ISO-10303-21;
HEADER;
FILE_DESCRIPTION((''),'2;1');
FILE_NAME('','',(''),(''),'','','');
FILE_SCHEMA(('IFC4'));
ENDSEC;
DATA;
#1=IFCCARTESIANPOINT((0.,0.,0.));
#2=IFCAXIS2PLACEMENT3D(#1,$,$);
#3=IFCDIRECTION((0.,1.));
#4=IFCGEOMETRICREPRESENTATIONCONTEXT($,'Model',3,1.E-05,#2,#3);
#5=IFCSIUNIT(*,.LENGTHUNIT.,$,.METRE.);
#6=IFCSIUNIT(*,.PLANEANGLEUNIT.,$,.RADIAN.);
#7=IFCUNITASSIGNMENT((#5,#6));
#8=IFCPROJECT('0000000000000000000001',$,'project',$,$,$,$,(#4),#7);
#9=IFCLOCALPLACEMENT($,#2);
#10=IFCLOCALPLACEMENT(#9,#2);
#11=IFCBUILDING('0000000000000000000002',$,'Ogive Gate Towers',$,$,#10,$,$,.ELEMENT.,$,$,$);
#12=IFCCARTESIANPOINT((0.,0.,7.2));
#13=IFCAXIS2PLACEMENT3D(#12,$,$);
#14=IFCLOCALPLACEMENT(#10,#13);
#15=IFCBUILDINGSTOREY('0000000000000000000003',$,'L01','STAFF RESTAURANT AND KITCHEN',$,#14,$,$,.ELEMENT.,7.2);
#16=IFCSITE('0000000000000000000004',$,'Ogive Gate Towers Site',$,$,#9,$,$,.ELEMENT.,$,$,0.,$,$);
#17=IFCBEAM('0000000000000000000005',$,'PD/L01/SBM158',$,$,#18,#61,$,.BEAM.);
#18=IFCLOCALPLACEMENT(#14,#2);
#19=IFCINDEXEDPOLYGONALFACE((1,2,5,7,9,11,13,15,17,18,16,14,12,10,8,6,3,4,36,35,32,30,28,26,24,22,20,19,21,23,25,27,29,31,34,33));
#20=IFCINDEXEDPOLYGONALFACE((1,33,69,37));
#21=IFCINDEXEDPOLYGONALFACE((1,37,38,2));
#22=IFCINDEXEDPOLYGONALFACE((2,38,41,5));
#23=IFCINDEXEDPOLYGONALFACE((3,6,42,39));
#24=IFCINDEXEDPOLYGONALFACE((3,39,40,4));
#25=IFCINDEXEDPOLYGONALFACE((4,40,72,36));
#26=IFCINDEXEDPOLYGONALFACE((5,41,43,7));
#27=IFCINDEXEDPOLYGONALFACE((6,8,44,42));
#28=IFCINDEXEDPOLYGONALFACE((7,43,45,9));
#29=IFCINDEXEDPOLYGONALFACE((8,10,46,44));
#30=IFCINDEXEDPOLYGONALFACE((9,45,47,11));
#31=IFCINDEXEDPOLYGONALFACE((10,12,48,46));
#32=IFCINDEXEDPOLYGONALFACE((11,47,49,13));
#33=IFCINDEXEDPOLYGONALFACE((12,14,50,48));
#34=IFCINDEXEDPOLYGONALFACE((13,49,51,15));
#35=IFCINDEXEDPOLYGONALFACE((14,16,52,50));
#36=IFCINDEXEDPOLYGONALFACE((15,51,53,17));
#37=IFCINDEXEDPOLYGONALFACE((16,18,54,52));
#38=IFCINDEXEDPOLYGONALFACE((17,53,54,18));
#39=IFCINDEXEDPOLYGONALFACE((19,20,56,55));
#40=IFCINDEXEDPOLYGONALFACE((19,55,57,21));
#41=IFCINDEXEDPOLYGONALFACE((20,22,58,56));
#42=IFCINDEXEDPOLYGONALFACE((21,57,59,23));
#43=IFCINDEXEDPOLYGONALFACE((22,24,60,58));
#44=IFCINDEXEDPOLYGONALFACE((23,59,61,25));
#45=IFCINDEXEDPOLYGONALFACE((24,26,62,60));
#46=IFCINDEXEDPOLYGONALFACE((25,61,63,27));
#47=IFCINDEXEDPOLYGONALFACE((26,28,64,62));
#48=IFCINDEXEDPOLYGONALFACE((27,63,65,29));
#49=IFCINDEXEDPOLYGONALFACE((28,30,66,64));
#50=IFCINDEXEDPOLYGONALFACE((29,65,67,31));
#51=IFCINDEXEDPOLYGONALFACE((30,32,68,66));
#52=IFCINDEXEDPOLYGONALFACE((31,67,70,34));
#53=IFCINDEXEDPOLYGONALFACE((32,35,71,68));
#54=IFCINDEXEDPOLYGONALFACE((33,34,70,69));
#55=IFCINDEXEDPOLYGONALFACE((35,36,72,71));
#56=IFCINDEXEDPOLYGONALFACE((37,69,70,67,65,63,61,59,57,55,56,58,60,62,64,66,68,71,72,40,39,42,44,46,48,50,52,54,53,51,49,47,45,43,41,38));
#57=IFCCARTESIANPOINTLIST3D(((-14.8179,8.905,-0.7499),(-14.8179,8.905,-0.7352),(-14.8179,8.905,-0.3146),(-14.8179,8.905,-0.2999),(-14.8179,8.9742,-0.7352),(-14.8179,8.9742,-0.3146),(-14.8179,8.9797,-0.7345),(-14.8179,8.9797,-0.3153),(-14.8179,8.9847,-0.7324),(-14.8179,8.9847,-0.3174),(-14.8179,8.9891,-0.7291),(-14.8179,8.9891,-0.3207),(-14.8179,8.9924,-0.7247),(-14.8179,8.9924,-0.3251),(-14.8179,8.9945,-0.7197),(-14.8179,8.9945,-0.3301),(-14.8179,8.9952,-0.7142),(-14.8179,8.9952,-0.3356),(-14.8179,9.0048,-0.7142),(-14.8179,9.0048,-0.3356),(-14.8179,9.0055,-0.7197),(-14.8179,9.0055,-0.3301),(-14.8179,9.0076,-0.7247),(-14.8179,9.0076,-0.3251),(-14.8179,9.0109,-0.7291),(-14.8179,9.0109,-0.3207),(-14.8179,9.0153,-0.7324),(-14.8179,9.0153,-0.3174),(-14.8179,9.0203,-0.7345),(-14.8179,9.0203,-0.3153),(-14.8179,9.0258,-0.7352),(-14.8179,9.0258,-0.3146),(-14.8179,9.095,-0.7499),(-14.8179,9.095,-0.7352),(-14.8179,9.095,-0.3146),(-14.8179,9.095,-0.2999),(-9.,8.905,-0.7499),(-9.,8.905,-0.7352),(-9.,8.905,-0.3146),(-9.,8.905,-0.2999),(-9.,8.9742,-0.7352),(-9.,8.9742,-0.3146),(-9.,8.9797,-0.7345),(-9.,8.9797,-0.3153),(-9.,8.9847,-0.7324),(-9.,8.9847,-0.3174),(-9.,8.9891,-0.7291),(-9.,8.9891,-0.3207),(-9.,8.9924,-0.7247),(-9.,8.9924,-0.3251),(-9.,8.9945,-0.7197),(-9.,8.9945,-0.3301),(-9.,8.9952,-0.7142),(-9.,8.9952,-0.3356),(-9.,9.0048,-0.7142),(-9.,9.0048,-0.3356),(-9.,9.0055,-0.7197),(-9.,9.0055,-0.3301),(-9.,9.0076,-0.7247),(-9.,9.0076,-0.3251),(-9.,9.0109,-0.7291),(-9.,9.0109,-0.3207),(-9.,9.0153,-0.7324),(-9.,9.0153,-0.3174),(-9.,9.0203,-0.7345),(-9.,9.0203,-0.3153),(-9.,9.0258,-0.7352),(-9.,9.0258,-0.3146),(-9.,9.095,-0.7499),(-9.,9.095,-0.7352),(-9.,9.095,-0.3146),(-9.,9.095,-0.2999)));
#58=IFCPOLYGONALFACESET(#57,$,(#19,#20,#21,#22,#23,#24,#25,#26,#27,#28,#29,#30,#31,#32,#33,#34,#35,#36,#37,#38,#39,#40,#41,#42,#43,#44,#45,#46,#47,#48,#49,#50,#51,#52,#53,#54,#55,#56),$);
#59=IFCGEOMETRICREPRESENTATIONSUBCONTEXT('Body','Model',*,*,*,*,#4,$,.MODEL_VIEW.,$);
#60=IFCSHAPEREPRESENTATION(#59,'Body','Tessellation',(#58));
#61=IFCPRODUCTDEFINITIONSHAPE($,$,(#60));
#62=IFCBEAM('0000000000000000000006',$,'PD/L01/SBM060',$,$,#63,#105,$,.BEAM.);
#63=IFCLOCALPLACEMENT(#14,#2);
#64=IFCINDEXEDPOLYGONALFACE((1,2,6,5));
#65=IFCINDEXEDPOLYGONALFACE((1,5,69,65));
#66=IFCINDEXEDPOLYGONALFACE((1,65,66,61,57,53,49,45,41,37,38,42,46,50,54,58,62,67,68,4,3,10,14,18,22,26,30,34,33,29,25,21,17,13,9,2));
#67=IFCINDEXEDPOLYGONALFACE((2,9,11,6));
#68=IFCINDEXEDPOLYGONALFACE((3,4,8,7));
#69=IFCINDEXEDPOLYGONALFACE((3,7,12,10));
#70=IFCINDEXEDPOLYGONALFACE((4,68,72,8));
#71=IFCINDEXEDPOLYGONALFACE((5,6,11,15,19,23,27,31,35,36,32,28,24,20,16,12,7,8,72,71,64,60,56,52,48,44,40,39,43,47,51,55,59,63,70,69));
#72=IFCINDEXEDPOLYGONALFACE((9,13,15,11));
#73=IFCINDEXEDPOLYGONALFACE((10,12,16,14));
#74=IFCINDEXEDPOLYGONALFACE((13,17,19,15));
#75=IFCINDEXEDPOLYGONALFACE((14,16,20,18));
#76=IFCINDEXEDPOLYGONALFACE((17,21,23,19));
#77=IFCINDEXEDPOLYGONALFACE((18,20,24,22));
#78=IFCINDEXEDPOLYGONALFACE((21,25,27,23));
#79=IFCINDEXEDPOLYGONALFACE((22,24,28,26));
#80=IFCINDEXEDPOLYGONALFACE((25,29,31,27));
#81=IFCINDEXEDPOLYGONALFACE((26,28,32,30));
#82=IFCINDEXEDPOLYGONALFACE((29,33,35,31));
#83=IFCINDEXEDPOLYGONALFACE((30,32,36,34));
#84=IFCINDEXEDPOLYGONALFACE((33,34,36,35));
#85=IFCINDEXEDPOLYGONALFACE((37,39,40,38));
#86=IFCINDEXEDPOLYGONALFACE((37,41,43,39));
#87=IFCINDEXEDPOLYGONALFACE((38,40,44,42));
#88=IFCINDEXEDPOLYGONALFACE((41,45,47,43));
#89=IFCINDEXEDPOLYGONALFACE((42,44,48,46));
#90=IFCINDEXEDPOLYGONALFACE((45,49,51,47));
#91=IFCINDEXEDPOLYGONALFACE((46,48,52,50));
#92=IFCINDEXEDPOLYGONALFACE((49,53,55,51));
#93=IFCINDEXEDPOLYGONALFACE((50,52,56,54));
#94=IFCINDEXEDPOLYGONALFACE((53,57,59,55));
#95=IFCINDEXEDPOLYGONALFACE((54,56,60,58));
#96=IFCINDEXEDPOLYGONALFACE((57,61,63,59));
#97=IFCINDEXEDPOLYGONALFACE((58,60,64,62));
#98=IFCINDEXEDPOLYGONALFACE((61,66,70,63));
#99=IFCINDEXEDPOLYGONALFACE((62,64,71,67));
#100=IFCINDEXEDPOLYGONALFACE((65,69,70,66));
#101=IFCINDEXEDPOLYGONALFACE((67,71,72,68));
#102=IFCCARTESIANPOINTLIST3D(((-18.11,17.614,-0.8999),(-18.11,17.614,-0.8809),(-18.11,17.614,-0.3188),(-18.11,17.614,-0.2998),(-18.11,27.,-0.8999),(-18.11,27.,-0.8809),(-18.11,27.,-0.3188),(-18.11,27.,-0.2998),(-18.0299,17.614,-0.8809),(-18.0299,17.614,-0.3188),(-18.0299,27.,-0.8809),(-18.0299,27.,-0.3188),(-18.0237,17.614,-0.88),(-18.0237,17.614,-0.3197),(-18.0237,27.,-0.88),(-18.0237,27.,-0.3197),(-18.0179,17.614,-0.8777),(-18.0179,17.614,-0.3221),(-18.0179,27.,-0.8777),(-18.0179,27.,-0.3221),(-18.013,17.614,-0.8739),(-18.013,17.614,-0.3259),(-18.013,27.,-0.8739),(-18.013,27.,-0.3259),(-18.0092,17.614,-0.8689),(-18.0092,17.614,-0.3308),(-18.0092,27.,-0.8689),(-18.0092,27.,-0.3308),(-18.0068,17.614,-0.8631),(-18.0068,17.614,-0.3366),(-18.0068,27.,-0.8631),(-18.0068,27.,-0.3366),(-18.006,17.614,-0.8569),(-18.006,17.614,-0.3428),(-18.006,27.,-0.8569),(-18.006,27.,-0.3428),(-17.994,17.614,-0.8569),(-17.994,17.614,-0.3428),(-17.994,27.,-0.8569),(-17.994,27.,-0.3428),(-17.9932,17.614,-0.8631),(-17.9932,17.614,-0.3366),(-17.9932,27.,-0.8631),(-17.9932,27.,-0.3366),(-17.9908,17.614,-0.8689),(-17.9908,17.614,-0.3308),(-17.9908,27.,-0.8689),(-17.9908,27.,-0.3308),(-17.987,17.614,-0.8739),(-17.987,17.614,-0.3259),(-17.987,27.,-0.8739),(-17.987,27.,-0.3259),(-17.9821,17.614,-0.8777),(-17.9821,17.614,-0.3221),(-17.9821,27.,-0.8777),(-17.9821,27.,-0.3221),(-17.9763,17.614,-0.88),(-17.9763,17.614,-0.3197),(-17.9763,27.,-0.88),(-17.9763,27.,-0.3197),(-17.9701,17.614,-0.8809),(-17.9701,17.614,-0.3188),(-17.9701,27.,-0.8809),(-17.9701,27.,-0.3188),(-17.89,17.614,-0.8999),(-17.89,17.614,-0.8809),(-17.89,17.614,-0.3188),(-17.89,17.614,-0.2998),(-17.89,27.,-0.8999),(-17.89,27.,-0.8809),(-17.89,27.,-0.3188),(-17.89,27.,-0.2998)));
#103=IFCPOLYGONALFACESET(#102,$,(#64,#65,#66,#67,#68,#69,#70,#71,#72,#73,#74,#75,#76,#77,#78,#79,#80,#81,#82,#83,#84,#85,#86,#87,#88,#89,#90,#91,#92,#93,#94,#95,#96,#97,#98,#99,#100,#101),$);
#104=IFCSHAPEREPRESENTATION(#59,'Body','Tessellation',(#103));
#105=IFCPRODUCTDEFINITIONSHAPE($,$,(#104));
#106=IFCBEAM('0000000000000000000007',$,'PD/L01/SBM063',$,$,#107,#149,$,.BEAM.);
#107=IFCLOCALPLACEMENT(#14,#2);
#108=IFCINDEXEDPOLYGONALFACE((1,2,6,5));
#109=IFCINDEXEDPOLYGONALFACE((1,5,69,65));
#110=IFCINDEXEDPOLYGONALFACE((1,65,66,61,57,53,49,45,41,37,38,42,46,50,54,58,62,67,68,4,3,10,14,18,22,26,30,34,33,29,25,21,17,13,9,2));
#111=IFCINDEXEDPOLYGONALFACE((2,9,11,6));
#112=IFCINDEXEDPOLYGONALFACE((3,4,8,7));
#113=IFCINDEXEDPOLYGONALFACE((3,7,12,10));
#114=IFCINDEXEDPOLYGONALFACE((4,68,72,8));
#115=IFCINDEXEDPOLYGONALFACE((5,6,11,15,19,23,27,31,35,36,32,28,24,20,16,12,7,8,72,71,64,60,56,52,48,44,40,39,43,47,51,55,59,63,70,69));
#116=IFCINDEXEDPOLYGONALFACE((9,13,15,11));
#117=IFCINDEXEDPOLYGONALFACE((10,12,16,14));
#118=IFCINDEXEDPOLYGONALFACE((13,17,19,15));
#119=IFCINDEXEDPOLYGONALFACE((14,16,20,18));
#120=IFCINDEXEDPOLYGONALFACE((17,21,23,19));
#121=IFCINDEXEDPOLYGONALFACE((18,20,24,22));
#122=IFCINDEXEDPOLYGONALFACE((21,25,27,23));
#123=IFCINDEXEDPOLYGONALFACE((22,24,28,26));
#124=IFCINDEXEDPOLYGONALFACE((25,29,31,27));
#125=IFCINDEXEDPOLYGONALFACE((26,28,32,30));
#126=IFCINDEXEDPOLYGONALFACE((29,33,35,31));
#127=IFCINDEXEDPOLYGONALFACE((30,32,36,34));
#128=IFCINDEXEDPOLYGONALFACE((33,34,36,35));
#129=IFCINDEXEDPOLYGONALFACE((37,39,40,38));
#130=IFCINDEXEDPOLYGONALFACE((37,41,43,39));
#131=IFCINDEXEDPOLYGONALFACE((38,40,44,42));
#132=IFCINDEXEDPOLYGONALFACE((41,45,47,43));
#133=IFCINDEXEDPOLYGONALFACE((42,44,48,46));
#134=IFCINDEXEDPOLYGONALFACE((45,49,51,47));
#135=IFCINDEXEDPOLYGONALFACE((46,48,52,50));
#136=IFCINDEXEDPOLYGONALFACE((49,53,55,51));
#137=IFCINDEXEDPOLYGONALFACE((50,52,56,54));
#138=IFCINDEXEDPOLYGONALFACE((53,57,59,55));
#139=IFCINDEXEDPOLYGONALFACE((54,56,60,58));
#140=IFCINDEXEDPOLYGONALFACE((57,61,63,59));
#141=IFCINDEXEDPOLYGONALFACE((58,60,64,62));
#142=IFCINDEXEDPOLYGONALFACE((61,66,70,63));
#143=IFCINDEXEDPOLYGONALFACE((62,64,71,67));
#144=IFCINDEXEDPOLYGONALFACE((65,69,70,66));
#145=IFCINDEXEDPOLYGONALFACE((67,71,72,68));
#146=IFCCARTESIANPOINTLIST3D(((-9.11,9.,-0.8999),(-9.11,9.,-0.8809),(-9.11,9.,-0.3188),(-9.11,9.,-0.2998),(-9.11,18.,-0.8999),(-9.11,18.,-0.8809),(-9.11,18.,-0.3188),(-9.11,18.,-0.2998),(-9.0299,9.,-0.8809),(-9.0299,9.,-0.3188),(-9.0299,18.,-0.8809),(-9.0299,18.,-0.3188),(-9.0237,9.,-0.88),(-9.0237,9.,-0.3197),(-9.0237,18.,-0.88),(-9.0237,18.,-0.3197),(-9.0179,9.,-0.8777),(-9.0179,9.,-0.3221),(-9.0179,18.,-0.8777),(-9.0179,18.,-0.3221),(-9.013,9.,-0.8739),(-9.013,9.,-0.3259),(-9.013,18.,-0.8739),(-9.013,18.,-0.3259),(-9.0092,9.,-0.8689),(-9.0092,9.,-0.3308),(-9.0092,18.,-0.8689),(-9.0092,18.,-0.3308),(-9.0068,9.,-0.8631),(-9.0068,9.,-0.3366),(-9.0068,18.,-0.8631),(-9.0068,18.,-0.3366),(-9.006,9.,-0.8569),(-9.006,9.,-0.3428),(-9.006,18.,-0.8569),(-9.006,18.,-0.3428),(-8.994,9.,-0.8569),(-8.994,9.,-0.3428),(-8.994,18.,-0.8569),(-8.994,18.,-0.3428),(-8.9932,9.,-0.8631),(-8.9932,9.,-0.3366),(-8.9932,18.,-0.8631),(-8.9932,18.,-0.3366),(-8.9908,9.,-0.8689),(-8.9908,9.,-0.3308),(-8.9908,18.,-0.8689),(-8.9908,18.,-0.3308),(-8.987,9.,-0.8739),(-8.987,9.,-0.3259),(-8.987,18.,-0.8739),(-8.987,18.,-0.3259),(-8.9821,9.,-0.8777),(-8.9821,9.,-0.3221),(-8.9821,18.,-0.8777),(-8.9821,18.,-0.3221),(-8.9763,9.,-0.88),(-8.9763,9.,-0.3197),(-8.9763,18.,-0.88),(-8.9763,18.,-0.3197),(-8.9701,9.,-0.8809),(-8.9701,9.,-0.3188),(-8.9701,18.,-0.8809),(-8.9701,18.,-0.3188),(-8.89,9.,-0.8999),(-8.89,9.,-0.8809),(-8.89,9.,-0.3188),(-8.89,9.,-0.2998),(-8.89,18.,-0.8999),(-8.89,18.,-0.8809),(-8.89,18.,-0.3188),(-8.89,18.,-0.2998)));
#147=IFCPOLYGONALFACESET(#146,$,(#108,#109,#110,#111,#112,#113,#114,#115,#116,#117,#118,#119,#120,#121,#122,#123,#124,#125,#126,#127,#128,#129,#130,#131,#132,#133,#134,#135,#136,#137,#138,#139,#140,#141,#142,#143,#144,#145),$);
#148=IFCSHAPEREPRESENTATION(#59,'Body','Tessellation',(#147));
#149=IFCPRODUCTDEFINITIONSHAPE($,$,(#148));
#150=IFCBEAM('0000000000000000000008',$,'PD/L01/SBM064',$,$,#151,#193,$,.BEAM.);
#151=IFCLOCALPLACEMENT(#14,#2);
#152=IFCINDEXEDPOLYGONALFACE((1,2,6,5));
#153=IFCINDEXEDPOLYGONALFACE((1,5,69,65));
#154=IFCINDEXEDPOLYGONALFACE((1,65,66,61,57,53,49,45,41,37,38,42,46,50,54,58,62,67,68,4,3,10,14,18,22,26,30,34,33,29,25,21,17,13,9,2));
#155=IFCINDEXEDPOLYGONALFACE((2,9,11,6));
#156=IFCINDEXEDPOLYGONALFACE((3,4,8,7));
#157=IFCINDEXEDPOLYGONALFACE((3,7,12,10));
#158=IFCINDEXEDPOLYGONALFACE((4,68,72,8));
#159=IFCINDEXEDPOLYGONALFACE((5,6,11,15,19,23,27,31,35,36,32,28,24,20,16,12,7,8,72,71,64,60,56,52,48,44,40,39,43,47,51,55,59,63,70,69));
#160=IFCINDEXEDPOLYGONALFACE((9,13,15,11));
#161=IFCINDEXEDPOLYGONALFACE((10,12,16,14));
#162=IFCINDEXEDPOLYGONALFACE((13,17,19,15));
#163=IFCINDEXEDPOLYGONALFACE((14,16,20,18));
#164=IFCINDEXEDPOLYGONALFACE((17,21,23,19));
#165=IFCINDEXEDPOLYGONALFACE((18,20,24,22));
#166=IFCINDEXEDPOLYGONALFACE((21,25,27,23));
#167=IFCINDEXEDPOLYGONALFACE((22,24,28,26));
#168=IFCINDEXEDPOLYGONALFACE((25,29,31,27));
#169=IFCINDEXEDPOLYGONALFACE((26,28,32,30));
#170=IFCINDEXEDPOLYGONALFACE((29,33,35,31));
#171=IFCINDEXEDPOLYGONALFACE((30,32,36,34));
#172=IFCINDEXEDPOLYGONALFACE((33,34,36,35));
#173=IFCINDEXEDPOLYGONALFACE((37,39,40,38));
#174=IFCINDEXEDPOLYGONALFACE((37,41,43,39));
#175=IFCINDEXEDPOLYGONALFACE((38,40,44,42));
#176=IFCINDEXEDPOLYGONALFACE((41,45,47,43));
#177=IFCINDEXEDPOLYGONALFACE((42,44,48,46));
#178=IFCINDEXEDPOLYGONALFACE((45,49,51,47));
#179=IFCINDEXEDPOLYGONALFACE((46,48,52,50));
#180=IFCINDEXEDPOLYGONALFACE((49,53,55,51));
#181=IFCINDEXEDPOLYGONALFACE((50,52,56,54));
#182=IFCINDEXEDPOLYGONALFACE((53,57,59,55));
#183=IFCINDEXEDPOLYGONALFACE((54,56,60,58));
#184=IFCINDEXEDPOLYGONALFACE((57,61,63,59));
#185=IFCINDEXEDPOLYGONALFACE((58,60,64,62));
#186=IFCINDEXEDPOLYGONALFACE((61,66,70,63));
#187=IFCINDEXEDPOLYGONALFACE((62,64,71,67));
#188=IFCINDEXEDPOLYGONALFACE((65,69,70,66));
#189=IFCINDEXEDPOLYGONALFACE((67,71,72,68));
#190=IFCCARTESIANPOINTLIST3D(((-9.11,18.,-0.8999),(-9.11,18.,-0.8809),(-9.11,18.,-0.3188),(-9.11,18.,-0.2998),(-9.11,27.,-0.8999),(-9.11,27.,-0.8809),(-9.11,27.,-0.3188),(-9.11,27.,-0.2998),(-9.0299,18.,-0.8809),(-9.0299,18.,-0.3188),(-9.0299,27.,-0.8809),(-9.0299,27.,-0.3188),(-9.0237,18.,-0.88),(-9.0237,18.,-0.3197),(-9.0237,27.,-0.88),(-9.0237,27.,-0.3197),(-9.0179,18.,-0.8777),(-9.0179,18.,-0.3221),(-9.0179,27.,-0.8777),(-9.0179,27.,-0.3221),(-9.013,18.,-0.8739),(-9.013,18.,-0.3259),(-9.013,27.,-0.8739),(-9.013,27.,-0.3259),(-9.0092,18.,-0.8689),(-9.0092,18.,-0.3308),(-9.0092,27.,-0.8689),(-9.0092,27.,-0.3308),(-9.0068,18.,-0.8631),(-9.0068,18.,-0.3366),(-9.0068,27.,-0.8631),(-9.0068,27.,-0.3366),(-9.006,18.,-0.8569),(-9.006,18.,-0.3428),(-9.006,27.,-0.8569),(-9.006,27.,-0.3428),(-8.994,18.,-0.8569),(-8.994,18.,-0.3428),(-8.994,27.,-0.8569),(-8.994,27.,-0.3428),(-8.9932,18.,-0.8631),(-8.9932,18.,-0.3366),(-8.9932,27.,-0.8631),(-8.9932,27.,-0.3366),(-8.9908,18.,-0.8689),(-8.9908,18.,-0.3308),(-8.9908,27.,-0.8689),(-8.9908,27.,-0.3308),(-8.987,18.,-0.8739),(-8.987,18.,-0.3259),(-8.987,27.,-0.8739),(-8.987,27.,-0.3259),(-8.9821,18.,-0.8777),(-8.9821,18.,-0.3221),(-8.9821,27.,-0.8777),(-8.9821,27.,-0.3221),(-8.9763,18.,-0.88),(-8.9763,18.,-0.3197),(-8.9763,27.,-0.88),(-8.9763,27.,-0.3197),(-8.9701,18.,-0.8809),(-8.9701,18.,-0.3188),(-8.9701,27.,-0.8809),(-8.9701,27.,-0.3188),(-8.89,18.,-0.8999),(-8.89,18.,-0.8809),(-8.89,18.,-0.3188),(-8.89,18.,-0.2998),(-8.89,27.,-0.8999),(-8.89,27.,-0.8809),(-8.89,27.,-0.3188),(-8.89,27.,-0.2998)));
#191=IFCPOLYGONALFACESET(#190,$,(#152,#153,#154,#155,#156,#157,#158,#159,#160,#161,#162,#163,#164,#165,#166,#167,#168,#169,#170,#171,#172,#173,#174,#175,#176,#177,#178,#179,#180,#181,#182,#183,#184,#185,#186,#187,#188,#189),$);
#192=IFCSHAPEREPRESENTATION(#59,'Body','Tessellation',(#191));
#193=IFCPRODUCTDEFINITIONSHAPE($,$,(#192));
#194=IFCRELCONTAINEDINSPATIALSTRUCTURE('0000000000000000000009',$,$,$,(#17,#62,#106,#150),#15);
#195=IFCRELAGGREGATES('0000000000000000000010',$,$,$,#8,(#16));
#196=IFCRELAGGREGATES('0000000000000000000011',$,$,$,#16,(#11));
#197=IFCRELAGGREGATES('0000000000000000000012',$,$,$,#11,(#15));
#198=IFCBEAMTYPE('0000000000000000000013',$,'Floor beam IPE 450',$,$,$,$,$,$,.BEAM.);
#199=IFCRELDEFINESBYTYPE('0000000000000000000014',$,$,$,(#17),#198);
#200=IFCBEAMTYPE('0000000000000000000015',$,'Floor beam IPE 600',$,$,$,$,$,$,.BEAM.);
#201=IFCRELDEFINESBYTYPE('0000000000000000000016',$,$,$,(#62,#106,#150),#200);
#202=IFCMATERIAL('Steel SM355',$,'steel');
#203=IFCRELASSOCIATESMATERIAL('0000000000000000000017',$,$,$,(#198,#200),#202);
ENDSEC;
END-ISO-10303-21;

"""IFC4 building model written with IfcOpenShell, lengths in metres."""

from ifc_helpers import new_model, si_unit, direction, frame, origin, origin_2d, place, context, subcontext, project, spatial, i_section, extrude, material, material_profile, profile_set, type_object, element, save


model = new_model("IFC4")

# Units and contexts
model_context = context("Model", 3, precision=1e-05, world=origin(), true_north=direction((0.0, 1.0)))
body_context = subcontext(model_context, "Body", "Model", "MODEL_VIEW")
ifc_project = project(units=[si_unit("LENGTHUNIT", "METRE"), si_unit("PLANEANGLEUNIT", "RADIAN")], contexts=[model_context])

# Site, building, storey
site_placement = place(None, origin())
site = spatial("IfcSite", under=ifc_project, at=site_placement, Name="Ogive Gate Towers Site", CompositionType="ELEMENT", RefElevation=0.0)
building_placement = place(site_placement, origin())
building = spatial("IfcBuilding", under=site, at=building_placement, Name="Ogive Gate Towers", CompositionType="ELEMENT")
storey_placement = place(building_placement, frame((0.0, 0.0, 7.2)))
storey = spatial("IfcBuildingStorey", under=building, at=storey_placement, Name="L01", Description="STAFF RESTAURANT AND KITCHEN", CompositionType="ELEMENT", Elevation=7.2)

# Beams
ifc_material_1 = material(Name="Steel SM355", Category="steel")
ifc_material_profile_1 = material_profile(ifc_material_1, i_section(OverallWidth=0.1899, OverallDepth=0.45, WebThickness=0.0095, FlangeThickness=0.0146, FilletRadius=0.021, at=origin_2d()), Name="IPE 450")
ifc_profile_set_1 = profile_set([ifc_material_profile_1], Name="Steel SM355")
beam_type_1 = type_object("IfcBeamType", Name="Floor beam IPE 450", PredefinedType="BEAM", material=ifc_profile_set_1)
for number, where, z_axis, x_axis, name in (
    (1, (-9.0, 9.0, -0.5249), (-1.0, 0.0, 0.0), (0.0, -1.0, 0.0), "PD/L01/SBM158"),
):
    element("IfcBeam", number, at=place(storey_placement, frame(where, z_axis=z_axis, x_axis=x_axis)), inside=storey, type_object=beam_type_1, Name=name, PredefinedType="BEAM", context=body_context, shape_type="SweptSolid", body=[
        extrude(i_section(OverallWidth=0.1899, OverallDepth=0.45, WebThickness=0.0095, FlangeThickness=0.0146, FilletRadius=0.021, at=origin_2d()), origin(), (0.0, 0.0, 1.0), 5.8179),
    ])
ifc_material_profile_2 = material_profile(ifc_material_1, i_section(OverallWidth=0.22, OverallDepth=0.6001, WebThickness=0.012, FlangeThickness=0.019, FilletRadius=0.0239, at=origin_2d()), Name="IPE 600")
ifc_profile_set_2 = profile_set([ifc_material_profile_2], Name="Steel SM355")
beam_type_2 = type_object("IfcBeamType", Name="Floor beam IPE 600", PredefinedType="BEAM", material=ifc_profile_set_2)
beam_1_placement = place(storey_placement, frame((-18.0, 17.614, -0.5999), z_axis=(0.0, 1.0, 0.0), x_axis=(-1.0, 0.0, 0.0)))
element("IfcBeam", 2, at=beam_1_placement, inside=storey, type_object=beam_type_2, Name="PD/L01/SBM060", PredefinedType="BEAM", context=body_context, shape_type="SweptSolid", body=[
    extrude(i_section(OverallWidth=0.22, OverallDepth=0.6001, WebThickness=0.012, FlangeThickness=0.019, FilletRadius=0.0239, at=origin_2d()), origin(), (0.0, 0.0, 1.0), 9.386),
])
for number, where, z_axis, x_axis, name in (
    (3, (-9.0, 9.0, -0.5999), (0.0, 1.0, 0.0), (-1.0, 0.0, 0.0), "PD/L01/SBM063"),
    (4, (-9.0, 18.0, -0.5999), (0.0, 1.0, 0.0), (-1.0, 0.0, 0.0), "PD/L01/SBM064"),
):
    element("IfcBeam", number, at=place(storey_placement, frame(where, z_axis=z_axis, x_axis=x_axis)), inside=storey, type_object=beam_type_2, Name=name, PredefinedType="BEAM", context=body_context, shape_type="SweptSolid", body=[
        extrude(i_section(OverallWidth=0.22, OverallDepth=0.6001, WebThickness=0.012, FlangeThickness=0.019, FilletRadius=0.0239, at=origin_2d()), origin(), (0.0, 0.0, 1.0), 9.0),
    ])

save(model, "model.ifc")
